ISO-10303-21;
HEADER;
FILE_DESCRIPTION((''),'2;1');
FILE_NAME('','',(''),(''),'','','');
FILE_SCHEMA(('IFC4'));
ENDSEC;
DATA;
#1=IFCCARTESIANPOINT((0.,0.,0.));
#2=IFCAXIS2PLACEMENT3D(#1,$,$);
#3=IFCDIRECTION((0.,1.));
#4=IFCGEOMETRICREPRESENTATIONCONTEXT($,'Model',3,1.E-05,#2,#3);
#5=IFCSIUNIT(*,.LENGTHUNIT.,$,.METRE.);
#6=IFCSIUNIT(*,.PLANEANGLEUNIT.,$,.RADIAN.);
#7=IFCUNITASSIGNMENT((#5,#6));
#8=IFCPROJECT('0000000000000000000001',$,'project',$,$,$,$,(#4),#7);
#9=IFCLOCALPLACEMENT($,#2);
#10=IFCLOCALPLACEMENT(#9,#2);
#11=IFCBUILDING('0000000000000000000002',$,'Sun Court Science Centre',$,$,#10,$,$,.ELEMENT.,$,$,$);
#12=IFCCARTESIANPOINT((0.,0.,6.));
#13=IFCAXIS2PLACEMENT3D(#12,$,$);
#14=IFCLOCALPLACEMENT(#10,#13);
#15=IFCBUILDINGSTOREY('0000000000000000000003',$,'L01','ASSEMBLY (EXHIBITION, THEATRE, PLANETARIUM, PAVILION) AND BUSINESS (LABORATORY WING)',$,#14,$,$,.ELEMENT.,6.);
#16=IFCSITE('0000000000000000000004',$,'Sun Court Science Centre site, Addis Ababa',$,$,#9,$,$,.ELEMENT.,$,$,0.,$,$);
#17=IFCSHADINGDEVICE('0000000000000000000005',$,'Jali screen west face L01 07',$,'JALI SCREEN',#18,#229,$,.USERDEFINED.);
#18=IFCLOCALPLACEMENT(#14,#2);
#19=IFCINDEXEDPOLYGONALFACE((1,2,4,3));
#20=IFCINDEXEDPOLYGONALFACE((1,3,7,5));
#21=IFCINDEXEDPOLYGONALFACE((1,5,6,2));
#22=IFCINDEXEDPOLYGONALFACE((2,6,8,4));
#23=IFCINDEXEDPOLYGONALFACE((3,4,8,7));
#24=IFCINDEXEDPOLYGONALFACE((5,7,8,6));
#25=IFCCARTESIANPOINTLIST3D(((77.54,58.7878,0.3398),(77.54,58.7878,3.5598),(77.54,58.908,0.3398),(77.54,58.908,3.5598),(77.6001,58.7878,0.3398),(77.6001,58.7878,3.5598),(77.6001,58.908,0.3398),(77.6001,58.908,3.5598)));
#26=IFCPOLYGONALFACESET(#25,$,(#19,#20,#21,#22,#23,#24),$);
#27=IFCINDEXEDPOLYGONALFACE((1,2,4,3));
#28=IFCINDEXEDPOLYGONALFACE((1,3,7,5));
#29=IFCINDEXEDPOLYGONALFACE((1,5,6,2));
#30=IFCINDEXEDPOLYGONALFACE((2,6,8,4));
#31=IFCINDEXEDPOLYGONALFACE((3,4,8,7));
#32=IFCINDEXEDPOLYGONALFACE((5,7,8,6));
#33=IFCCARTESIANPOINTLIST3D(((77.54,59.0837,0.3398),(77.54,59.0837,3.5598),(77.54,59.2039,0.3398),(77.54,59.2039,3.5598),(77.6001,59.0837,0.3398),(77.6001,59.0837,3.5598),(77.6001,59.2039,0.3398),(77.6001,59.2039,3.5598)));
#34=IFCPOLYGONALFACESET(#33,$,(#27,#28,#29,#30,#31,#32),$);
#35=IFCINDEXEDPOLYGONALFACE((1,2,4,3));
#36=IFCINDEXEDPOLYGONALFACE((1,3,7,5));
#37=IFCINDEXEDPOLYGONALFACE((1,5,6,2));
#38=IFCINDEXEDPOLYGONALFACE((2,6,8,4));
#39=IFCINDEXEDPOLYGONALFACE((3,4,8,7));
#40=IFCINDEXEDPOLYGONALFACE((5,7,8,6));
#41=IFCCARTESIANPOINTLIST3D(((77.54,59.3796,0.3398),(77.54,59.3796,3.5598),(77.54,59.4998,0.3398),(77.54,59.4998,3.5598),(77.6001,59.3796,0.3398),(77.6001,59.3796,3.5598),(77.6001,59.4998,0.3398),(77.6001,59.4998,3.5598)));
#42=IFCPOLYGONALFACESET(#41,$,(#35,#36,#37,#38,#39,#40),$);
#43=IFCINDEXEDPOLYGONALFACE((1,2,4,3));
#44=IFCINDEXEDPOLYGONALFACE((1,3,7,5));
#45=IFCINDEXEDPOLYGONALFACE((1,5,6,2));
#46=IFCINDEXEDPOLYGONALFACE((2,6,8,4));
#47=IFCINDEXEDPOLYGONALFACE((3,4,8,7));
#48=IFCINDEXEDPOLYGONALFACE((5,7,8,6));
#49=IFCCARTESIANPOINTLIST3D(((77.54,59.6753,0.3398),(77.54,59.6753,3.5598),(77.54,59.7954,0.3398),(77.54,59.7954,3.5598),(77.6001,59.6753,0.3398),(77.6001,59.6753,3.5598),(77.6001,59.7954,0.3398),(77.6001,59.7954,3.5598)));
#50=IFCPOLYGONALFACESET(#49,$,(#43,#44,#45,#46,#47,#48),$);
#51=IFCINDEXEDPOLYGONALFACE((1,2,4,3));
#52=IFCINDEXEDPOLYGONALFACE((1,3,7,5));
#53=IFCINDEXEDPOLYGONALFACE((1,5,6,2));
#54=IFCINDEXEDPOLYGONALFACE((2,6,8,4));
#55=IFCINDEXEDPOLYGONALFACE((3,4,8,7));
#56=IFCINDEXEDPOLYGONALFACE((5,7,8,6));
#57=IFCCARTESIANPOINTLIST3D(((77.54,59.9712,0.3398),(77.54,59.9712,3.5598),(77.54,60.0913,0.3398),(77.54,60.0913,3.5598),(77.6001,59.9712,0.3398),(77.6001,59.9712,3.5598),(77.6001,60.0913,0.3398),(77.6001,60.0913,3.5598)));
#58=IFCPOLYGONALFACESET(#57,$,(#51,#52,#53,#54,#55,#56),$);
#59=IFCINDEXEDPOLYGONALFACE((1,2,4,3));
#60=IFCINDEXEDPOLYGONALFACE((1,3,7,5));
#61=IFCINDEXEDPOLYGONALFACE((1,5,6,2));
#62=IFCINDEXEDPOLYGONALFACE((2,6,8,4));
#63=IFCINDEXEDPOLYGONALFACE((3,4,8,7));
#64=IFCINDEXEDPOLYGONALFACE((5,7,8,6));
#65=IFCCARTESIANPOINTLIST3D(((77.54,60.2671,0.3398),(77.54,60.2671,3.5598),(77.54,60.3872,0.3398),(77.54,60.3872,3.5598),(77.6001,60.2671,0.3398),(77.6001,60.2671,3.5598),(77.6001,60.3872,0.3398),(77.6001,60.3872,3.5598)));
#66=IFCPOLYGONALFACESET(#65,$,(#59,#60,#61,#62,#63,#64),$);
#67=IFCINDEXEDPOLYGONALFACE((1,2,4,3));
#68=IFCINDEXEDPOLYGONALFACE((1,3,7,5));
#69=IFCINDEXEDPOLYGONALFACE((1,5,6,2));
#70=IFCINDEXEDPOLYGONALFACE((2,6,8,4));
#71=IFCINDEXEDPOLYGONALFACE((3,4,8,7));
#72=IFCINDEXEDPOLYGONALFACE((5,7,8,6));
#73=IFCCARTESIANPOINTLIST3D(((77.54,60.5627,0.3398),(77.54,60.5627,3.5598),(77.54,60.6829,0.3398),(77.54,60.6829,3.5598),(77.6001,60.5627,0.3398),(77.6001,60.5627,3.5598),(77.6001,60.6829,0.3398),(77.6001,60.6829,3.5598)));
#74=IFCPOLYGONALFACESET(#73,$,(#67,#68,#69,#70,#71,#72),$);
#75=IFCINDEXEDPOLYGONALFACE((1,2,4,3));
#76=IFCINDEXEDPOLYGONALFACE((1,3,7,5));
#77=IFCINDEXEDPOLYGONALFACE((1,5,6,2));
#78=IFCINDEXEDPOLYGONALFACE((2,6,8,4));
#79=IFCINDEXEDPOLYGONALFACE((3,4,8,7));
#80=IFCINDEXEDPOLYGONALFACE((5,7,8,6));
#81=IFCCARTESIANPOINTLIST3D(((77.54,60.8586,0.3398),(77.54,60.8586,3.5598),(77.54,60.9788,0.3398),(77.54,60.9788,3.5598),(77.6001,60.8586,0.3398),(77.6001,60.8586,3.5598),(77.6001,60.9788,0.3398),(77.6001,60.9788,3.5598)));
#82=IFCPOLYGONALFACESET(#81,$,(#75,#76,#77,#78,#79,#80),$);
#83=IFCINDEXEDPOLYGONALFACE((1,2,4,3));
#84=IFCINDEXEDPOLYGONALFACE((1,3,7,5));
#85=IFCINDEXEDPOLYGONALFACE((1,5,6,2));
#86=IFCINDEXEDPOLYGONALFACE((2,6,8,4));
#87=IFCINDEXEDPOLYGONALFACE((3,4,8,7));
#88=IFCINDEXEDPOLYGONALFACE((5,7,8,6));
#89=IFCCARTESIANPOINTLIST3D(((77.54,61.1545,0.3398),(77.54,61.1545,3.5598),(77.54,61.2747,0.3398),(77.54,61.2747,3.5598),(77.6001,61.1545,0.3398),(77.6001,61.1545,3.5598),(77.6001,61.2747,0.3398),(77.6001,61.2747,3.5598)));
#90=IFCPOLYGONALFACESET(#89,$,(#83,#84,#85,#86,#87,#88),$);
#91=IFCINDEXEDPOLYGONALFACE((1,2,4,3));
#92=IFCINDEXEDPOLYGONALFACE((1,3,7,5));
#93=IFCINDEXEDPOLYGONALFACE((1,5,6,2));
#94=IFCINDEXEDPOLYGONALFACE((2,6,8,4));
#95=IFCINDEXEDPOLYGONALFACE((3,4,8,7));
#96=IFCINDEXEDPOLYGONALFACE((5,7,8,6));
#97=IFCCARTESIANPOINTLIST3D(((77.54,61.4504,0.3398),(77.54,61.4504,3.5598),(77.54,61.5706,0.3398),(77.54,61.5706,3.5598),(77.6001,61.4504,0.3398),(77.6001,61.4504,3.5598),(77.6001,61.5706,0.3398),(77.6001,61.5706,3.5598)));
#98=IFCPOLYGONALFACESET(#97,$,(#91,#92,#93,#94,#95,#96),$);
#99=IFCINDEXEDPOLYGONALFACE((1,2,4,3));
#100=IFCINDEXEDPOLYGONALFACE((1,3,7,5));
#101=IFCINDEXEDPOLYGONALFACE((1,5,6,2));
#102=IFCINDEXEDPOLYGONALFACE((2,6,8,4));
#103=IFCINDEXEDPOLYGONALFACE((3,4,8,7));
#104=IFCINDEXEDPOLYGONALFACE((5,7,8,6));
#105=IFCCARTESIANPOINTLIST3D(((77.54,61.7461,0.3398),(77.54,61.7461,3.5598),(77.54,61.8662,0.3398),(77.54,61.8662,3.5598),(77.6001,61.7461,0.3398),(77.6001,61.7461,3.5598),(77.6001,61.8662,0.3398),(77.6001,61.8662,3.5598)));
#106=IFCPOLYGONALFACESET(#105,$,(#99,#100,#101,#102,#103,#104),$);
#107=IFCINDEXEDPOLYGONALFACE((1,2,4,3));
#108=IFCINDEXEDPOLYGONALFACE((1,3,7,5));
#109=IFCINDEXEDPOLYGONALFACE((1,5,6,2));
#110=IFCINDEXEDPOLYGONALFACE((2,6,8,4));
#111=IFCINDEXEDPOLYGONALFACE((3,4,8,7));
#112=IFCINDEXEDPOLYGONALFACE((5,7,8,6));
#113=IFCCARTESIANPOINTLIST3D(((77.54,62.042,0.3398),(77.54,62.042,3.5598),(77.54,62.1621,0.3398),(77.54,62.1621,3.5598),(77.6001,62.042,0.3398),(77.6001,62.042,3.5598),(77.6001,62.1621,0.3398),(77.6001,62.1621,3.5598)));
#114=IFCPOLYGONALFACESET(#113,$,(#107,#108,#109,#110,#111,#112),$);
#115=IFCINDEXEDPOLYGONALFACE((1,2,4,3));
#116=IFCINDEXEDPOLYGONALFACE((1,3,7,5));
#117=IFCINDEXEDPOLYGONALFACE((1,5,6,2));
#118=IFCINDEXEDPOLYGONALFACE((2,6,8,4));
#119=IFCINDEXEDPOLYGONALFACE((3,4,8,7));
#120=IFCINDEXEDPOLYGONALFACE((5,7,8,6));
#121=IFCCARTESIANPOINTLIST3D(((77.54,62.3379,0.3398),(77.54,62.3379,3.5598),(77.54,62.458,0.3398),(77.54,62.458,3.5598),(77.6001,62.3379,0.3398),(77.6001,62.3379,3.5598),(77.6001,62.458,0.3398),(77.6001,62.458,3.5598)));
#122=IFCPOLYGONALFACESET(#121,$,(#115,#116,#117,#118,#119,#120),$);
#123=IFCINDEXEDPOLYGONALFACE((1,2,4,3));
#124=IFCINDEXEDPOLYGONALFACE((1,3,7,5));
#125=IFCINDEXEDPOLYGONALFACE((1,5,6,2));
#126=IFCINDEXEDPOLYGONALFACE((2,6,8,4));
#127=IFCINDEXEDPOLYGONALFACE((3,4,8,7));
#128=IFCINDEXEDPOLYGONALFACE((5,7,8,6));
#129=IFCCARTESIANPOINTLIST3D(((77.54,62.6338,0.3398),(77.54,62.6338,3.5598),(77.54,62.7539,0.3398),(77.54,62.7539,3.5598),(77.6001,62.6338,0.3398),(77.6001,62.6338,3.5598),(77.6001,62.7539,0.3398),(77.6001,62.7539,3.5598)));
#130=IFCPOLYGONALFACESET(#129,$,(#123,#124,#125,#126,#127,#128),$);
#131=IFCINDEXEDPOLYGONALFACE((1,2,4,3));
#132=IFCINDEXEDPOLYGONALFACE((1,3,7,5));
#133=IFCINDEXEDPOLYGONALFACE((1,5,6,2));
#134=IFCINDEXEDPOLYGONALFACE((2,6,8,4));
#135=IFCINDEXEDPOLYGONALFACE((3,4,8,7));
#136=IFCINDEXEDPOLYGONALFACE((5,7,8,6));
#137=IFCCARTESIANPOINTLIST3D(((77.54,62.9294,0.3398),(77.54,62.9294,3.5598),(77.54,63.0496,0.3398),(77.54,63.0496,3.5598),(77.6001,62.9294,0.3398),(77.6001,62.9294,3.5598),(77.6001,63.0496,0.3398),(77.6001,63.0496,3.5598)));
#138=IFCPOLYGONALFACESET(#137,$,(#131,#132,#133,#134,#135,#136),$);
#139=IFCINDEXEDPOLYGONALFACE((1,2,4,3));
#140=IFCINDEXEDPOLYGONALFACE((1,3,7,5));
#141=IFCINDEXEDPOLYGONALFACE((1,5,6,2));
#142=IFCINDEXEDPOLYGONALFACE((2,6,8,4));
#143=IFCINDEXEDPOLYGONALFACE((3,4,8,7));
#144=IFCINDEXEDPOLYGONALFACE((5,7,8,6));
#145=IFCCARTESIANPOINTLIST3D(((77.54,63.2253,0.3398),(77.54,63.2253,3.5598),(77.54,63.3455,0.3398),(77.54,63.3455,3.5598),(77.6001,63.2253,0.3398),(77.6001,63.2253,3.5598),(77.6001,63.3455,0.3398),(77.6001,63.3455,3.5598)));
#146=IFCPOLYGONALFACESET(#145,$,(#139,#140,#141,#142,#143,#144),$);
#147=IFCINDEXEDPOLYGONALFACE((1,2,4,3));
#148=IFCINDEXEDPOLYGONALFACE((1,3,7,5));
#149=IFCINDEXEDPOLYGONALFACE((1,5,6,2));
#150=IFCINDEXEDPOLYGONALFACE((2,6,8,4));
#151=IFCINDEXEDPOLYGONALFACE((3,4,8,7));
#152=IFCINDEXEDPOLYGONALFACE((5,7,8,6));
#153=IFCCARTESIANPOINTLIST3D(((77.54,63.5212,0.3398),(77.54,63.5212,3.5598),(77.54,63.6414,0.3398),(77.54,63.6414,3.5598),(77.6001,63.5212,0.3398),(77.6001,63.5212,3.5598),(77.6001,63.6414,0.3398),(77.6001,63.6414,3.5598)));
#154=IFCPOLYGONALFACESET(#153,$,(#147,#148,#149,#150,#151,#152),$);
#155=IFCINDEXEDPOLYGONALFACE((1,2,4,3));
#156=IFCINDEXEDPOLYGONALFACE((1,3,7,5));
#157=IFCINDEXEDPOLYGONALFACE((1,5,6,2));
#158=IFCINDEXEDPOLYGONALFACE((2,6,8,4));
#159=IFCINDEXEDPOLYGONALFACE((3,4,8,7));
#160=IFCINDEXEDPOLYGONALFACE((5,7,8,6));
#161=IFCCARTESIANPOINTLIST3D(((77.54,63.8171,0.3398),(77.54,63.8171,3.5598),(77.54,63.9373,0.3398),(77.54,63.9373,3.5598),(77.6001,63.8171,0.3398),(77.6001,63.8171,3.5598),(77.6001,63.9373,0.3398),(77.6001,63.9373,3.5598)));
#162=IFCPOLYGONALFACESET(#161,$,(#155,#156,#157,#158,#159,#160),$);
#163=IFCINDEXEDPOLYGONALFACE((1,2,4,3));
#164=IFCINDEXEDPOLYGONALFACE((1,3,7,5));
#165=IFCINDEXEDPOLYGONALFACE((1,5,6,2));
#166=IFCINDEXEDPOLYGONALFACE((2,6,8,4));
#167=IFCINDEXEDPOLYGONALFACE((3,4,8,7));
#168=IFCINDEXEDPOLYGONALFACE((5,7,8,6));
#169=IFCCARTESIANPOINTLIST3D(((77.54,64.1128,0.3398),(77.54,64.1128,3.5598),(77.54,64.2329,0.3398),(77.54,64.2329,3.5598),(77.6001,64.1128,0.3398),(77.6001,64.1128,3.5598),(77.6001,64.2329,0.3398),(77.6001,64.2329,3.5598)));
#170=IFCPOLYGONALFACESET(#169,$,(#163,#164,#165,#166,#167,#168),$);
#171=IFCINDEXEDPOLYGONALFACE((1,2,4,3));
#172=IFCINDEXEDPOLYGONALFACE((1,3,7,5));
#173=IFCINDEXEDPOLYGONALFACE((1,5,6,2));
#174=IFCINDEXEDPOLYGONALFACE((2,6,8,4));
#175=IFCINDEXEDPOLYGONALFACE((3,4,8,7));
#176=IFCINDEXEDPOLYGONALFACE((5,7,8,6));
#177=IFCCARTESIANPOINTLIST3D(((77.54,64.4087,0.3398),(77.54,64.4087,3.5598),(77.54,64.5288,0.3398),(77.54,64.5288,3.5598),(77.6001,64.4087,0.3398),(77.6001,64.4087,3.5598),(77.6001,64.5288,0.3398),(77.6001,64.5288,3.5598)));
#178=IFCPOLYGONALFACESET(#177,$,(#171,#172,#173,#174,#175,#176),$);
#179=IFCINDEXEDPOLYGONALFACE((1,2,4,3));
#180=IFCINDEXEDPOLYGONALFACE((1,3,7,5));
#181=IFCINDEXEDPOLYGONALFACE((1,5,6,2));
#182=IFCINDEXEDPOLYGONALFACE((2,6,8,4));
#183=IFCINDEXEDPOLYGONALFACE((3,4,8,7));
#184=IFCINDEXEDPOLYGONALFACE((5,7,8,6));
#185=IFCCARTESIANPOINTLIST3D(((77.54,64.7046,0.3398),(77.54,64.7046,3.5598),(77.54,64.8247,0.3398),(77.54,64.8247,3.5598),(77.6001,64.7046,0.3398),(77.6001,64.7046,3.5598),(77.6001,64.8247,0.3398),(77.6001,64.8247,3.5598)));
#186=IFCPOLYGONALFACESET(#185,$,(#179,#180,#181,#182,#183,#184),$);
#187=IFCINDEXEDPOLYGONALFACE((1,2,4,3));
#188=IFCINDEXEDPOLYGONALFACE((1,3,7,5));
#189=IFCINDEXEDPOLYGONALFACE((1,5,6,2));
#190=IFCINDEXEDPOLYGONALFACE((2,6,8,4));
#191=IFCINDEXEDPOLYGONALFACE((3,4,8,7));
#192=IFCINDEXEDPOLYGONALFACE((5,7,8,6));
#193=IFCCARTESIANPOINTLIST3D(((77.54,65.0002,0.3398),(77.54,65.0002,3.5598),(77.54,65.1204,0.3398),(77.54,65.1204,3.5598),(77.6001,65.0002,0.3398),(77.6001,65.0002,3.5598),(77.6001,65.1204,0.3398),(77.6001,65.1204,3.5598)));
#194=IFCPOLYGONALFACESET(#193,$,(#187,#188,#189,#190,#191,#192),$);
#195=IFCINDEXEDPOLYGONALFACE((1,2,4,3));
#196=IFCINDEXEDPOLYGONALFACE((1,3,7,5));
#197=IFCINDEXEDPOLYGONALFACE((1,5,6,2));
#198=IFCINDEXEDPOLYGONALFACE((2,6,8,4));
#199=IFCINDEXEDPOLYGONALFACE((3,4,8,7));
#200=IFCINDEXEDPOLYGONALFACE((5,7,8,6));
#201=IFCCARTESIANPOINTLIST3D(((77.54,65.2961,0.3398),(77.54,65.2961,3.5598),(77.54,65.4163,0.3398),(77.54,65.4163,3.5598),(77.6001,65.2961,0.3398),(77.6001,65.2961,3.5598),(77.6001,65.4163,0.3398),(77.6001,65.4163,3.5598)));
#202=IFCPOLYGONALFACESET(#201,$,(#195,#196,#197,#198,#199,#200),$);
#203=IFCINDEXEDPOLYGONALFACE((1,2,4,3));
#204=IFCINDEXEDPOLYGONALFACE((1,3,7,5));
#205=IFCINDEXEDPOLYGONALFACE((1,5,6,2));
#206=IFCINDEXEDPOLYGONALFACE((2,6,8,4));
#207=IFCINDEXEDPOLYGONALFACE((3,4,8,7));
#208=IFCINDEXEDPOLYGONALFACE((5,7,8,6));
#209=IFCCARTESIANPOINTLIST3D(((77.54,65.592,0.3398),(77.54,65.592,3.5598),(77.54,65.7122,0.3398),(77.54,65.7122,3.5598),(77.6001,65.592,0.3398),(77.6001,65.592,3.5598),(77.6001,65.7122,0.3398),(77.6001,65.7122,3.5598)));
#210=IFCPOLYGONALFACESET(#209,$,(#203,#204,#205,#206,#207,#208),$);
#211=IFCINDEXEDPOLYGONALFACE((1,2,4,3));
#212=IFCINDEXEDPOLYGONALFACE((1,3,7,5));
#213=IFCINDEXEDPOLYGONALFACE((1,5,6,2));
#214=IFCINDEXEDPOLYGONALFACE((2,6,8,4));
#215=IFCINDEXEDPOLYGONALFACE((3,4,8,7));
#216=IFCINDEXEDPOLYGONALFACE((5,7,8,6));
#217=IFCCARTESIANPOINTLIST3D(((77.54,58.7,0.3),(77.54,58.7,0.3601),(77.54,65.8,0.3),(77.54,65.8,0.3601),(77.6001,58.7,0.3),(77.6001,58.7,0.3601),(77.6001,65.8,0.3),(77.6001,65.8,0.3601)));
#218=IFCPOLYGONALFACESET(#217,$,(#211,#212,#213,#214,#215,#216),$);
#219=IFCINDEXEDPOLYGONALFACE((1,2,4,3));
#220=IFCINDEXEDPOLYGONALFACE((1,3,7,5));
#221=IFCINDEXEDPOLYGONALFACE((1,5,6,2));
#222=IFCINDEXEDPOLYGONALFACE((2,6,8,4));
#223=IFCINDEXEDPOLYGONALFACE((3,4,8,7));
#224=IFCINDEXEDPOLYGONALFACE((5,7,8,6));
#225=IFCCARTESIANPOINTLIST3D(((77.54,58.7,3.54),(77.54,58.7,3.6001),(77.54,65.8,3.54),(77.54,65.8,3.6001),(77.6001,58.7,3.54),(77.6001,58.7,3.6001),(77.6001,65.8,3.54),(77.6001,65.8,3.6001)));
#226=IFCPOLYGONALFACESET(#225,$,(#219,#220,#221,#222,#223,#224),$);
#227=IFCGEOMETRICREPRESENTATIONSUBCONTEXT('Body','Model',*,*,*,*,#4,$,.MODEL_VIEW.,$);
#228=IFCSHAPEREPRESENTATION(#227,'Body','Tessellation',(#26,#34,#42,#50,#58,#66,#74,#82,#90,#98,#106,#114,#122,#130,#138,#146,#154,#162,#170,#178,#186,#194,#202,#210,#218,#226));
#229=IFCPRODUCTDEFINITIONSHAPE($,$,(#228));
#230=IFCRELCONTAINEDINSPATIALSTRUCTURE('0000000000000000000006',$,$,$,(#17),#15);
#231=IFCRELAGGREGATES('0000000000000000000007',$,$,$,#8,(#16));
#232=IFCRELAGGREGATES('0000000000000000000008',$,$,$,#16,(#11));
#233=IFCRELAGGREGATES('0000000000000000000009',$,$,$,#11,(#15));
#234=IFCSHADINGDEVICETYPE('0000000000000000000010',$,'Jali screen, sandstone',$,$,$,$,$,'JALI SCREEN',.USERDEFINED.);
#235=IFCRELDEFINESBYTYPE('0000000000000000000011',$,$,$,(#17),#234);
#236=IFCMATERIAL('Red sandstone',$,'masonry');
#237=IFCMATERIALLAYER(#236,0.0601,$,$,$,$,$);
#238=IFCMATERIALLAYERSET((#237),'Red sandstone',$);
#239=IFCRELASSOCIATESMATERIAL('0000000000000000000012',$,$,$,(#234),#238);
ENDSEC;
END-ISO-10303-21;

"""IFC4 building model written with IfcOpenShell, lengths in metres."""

from ifc_helpers import new_model, si_unit, direction, frame, origin, origin_2d, place, context, subcontext, project, spatial, rectangle, extrude, material, layer, layer_set, type_object, element, save


model = new_model("IFC4")

# Units and contexts
model_context = context("Model", 3, precision=1e-05, world=origin(), true_north=direction((0.0, 1.0)))
body_context = subcontext(model_context, "Body", "Model", "MODEL_VIEW")
ifc_project = project(units=[si_unit("LENGTHUNIT", "METRE"), si_unit("PLANEANGLEUNIT", "RADIAN")], contexts=[model_context])

# Site, building, storey
site_placement = place(None, origin())
site = spatial("IfcSite", under=ifc_project, at=site_placement, Name="Sun Court Science Centre site, Addis Ababa", CompositionType="ELEMENT", RefElevation=0.0)
building_placement = place(site_placement, origin())
building = spatial("IfcBuilding", under=site, at=building_placement, Name="Sun Court Science Centre", CompositionType="ELEMENT")
storey_placement = place(building_placement, frame((0.0, 0.0, 6.0)))
storey = spatial("IfcBuildingStorey", under=building, at=storey_placement, Name="L01", Description="ASSEMBLY (EXHIBITION, THEATRE, PLANETARIUM, PAVILION) AND BUSINESS (LABORATORY WING)", CompositionType="ELEMENT", Elevation=6.0)

# Shading device
ifc_material_1 = material(Name="Red sandstone", Category="masonry")
ifc_layer_1 = layer(ifc_material_1, 0.0601)
ifc_layer_set_1 = layer_set([ifc_layer_1], Name="Red sandstone")
shading_device_type = type_object("IfcShadingDeviceType", Name="Jali screen, sandstone", ElementType="JALI SCREEN", PredefinedType="USERDEFINED", material=ifc_layer_set_1)
shading_device_1_placement = place(storey_placement, frame((0.0, 0.0, -6.0)))
element("IfcShadingDevice", 1, at=shading_device_1_placement, inside=storey, type_object=shading_device_type, Name="Jali screen west face L01 07", ObjectType="JALI SCREEN", PredefinedType="USERDEFINED", context=body_context, shape_type="SweptSolid", body=[
    extrude(rectangle(XDim=0.1201, YDim=0.0601, at=origin_2d()), frame((77.5701, 58.8479, 6.3398), z_axis=(0.0, 0.0, 1.0), x_axis=(0.0, 1.0, 0.0)), (0.0, 0.0, 1.0), 3.22),
    extrude(rectangle(XDim=0.1201, YDim=0.0601, at=origin_2d()), frame((77.5701, 59.1438, 6.3398), z_axis=(0.0, 0.0, 1.0), x_axis=(0.0, 1.0, 0.0)), (0.0, 0.0, 1.0), 3.22),
    extrude(rectangle(XDim=0.1201, YDim=0.0601, at=origin_2d()), frame((77.5701, 59.4397, 6.3398), z_axis=(0.0, 0.0, 1.0), x_axis=(0.0, 1.0, 0.0)), (0.0, 0.0, 1.0), 3.22),
    extrude(rectangle(XDim=0.1201, YDim=0.0601, at=origin_2d()), frame((77.5701, 59.7354, 6.3398), z_axis=(0.0, 0.0, 1.0), x_axis=(0.0, 1.0, 0.0)), (0.0, 0.0, 1.0), 3.22),
    extrude(rectangle(XDim=0.1201, YDim=0.0601, at=origin_2d()), frame((77.5701, 60.0312, 6.3398), z_axis=(0.0, 0.0, 1.0), x_axis=(0.0, 1.0, 0.0)), (0.0, 0.0, 1.0), 3.22),
    extrude(rectangle(XDim=0.1201, YDim=0.0601, at=origin_2d()), frame((77.5701, 60.3271, 6.3398), z_axis=(0.0, 0.0, 1.0), x_axis=(0.0, 1.0, 0.0)), (0.0, 0.0, 1.0), 3.22),
    extrude(rectangle(XDim=0.1201, YDim=0.0601, at=origin_2d()), frame((77.5701, 60.6228, 6.3398), z_axis=(0.0, 0.0, 1.0), x_axis=(0.0, 1.0, 0.0)), (0.0, 0.0, 1.0), 3.22),
    extrude(rectangle(XDim=0.1201, YDim=0.0601, at=origin_2d()), frame((77.5701, 60.9187, 6.3398), z_axis=(0.0, 0.0, 1.0), x_axis=(0.0, 1.0, 0.0)), (0.0, 0.0, 1.0), 3.22),
    extrude(rectangle(XDim=0.1201, YDim=0.0601, at=origin_2d()), frame((77.5701, 61.2146, 6.3398), z_axis=(0.0, 0.0, 1.0), x_axis=(0.0, 1.0, 0.0)), (0.0, 0.0, 1.0), 3.22),
    extrude(rectangle(XDim=0.1201, YDim=0.0601, at=origin_2d()), frame((77.5701, 61.5105, 6.3398), z_axis=(0.0, 0.0, 1.0), x_axis=(0.0, 1.0, 0.0)), (0.0, 0.0, 1.0), 3.22),
    extrude(rectangle(XDim=0.1201, YDim=0.0601, at=origin_2d()), frame((77.5701, 61.8062, 6.3398), z_axis=(0.0, 0.0, 1.0), x_axis=(0.0, 1.0, 0.0)), (0.0, 0.0, 1.0), 3.22),
    extrude(rectangle(XDim=0.1201, YDim=0.0601, at=origin_2d()), frame((77.5701, 62.1021, 6.3398), z_axis=(0.0, 0.0, 1.0), x_axis=(0.0, 1.0, 0.0)), (0.0, 0.0, 1.0), 3.22),
    extrude(rectangle(XDim=0.1201, YDim=0.0601, at=origin_2d()), frame((77.5701, 62.3979, 6.3398), z_axis=(0.0, 0.0, 1.0), x_axis=(0.0, 1.0, 0.0)), (0.0, 0.0, 1.0), 3.22),
    extrude(rectangle(XDim=0.1201, YDim=0.0601, at=origin_2d()), frame((77.5701, 62.6938, 6.3398), z_axis=(0.0, 0.0, 1.0), x_axis=(0.0, 1.0, 0.0)), (0.0, 0.0, 1.0), 3.22),
    extrude(rectangle(XDim=0.1201, YDim=0.0601, at=origin_2d()), frame((77.5701, 62.9895, 6.3398), z_axis=(0.0, 0.0, 1.0), x_axis=(0.0, 1.0, 0.0)), (0.0, 0.0, 1.0), 3.22),
    extrude(rectangle(XDim=0.1201, YDim=0.0601, at=origin_2d()), frame((77.5701, 63.2854, 6.3398), z_axis=(0.0, 0.0, 1.0), x_axis=(0.0, 1.0, 0.0)), (0.0, 0.0, 1.0), 3.22),
    extrude(rectangle(XDim=0.1201, YDim=0.0601, at=origin_2d()), frame((77.5701, 63.5813, 6.3398), z_axis=(0.0, 0.0, 1.0), x_axis=(0.0, 1.0, 0.0)), (0.0, 0.0, 1.0), 3.22),
    extrude(rectangle(XDim=0.1201, YDim=0.0601, at=origin_2d()), frame((77.5701, 63.8772, 6.3398), z_axis=(0.0, 0.0, 1.0), x_axis=(0.0, 1.0, 0.0)), (0.0, 0.0, 1.0), 3.22),
    extrude(rectangle(XDim=0.1201, YDim=0.0601, at=origin_2d()), frame((77.5701, 64.1729, 6.3398), z_axis=(0.0, 0.0, 1.0), x_axis=(0.0, 1.0, 0.0)), (0.0, 0.0, 1.0), 3.22),
    extrude(rectangle(XDim=0.1201, YDim=0.0601, at=origin_2d()), frame((77.5701, 64.4688, 6.3398), z_axis=(0.0, 0.0, 1.0), x_axis=(0.0, 1.0, 0.0)), (0.0, 0.0, 1.0), 3.22),
    extrude(rectangle(XDim=0.1201, YDim=0.0601, at=origin_2d()), frame((77.5701, 64.7646, 6.3398), z_axis=(0.0, 0.0, 1.0), x_axis=(0.0, 1.0, 0.0)), (0.0, 0.0, 1.0), 3.22),
    extrude(rectangle(XDim=0.1201, YDim=0.0601, at=origin_2d()), frame((77.5701, 65.0603, 6.3398), z_axis=(0.0, 0.0, 1.0), x_axis=(0.0, 1.0, 0.0)), (0.0, 0.0, 1.0), 3.22),
    extrude(rectangle(XDim=0.1201, YDim=0.0601, at=origin_2d()), frame((77.5701, 65.3562, 6.3398), z_axis=(0.0, 0.0, 1.0), x_axis=(0.0, 1.0, 0.0)), (0.0, 0.0, 1.0), 3.22),
    extrude(rectangle(XDim=0.1201, YDim=0.0601, at=origin_2d()), frame((77.5701, 65.6521, 6.3398), z_axis=(0.0, 0.0, 1.0), x_axis=(0.0, 1.0, 0.0)), (0.0, 0.0, 1.0), 3.22),
    extrude(rectangle(XDim=7.1001, YDim=0.0601, at=origin_2d()), frame((77.5701, 62.25, 6.3), z_axis=(0.0, 0.0, 1.0), x_axis=(0.0, 1.0, 0.0)), (0.0, 0.0, 1.0), 0.0601),
    extrude(rectangle(XDim=7.1001, YDim=0.0601, at=origin_2d()), frame((77.5701, 62.25, 9.54), z_axis=(0.0, 0.0, 1.0), x_axis=(0.0, 1.0, 0.0)), (0.0, 0.0, 1.0), 0.0601),
])

save(model, "model.ifc")
